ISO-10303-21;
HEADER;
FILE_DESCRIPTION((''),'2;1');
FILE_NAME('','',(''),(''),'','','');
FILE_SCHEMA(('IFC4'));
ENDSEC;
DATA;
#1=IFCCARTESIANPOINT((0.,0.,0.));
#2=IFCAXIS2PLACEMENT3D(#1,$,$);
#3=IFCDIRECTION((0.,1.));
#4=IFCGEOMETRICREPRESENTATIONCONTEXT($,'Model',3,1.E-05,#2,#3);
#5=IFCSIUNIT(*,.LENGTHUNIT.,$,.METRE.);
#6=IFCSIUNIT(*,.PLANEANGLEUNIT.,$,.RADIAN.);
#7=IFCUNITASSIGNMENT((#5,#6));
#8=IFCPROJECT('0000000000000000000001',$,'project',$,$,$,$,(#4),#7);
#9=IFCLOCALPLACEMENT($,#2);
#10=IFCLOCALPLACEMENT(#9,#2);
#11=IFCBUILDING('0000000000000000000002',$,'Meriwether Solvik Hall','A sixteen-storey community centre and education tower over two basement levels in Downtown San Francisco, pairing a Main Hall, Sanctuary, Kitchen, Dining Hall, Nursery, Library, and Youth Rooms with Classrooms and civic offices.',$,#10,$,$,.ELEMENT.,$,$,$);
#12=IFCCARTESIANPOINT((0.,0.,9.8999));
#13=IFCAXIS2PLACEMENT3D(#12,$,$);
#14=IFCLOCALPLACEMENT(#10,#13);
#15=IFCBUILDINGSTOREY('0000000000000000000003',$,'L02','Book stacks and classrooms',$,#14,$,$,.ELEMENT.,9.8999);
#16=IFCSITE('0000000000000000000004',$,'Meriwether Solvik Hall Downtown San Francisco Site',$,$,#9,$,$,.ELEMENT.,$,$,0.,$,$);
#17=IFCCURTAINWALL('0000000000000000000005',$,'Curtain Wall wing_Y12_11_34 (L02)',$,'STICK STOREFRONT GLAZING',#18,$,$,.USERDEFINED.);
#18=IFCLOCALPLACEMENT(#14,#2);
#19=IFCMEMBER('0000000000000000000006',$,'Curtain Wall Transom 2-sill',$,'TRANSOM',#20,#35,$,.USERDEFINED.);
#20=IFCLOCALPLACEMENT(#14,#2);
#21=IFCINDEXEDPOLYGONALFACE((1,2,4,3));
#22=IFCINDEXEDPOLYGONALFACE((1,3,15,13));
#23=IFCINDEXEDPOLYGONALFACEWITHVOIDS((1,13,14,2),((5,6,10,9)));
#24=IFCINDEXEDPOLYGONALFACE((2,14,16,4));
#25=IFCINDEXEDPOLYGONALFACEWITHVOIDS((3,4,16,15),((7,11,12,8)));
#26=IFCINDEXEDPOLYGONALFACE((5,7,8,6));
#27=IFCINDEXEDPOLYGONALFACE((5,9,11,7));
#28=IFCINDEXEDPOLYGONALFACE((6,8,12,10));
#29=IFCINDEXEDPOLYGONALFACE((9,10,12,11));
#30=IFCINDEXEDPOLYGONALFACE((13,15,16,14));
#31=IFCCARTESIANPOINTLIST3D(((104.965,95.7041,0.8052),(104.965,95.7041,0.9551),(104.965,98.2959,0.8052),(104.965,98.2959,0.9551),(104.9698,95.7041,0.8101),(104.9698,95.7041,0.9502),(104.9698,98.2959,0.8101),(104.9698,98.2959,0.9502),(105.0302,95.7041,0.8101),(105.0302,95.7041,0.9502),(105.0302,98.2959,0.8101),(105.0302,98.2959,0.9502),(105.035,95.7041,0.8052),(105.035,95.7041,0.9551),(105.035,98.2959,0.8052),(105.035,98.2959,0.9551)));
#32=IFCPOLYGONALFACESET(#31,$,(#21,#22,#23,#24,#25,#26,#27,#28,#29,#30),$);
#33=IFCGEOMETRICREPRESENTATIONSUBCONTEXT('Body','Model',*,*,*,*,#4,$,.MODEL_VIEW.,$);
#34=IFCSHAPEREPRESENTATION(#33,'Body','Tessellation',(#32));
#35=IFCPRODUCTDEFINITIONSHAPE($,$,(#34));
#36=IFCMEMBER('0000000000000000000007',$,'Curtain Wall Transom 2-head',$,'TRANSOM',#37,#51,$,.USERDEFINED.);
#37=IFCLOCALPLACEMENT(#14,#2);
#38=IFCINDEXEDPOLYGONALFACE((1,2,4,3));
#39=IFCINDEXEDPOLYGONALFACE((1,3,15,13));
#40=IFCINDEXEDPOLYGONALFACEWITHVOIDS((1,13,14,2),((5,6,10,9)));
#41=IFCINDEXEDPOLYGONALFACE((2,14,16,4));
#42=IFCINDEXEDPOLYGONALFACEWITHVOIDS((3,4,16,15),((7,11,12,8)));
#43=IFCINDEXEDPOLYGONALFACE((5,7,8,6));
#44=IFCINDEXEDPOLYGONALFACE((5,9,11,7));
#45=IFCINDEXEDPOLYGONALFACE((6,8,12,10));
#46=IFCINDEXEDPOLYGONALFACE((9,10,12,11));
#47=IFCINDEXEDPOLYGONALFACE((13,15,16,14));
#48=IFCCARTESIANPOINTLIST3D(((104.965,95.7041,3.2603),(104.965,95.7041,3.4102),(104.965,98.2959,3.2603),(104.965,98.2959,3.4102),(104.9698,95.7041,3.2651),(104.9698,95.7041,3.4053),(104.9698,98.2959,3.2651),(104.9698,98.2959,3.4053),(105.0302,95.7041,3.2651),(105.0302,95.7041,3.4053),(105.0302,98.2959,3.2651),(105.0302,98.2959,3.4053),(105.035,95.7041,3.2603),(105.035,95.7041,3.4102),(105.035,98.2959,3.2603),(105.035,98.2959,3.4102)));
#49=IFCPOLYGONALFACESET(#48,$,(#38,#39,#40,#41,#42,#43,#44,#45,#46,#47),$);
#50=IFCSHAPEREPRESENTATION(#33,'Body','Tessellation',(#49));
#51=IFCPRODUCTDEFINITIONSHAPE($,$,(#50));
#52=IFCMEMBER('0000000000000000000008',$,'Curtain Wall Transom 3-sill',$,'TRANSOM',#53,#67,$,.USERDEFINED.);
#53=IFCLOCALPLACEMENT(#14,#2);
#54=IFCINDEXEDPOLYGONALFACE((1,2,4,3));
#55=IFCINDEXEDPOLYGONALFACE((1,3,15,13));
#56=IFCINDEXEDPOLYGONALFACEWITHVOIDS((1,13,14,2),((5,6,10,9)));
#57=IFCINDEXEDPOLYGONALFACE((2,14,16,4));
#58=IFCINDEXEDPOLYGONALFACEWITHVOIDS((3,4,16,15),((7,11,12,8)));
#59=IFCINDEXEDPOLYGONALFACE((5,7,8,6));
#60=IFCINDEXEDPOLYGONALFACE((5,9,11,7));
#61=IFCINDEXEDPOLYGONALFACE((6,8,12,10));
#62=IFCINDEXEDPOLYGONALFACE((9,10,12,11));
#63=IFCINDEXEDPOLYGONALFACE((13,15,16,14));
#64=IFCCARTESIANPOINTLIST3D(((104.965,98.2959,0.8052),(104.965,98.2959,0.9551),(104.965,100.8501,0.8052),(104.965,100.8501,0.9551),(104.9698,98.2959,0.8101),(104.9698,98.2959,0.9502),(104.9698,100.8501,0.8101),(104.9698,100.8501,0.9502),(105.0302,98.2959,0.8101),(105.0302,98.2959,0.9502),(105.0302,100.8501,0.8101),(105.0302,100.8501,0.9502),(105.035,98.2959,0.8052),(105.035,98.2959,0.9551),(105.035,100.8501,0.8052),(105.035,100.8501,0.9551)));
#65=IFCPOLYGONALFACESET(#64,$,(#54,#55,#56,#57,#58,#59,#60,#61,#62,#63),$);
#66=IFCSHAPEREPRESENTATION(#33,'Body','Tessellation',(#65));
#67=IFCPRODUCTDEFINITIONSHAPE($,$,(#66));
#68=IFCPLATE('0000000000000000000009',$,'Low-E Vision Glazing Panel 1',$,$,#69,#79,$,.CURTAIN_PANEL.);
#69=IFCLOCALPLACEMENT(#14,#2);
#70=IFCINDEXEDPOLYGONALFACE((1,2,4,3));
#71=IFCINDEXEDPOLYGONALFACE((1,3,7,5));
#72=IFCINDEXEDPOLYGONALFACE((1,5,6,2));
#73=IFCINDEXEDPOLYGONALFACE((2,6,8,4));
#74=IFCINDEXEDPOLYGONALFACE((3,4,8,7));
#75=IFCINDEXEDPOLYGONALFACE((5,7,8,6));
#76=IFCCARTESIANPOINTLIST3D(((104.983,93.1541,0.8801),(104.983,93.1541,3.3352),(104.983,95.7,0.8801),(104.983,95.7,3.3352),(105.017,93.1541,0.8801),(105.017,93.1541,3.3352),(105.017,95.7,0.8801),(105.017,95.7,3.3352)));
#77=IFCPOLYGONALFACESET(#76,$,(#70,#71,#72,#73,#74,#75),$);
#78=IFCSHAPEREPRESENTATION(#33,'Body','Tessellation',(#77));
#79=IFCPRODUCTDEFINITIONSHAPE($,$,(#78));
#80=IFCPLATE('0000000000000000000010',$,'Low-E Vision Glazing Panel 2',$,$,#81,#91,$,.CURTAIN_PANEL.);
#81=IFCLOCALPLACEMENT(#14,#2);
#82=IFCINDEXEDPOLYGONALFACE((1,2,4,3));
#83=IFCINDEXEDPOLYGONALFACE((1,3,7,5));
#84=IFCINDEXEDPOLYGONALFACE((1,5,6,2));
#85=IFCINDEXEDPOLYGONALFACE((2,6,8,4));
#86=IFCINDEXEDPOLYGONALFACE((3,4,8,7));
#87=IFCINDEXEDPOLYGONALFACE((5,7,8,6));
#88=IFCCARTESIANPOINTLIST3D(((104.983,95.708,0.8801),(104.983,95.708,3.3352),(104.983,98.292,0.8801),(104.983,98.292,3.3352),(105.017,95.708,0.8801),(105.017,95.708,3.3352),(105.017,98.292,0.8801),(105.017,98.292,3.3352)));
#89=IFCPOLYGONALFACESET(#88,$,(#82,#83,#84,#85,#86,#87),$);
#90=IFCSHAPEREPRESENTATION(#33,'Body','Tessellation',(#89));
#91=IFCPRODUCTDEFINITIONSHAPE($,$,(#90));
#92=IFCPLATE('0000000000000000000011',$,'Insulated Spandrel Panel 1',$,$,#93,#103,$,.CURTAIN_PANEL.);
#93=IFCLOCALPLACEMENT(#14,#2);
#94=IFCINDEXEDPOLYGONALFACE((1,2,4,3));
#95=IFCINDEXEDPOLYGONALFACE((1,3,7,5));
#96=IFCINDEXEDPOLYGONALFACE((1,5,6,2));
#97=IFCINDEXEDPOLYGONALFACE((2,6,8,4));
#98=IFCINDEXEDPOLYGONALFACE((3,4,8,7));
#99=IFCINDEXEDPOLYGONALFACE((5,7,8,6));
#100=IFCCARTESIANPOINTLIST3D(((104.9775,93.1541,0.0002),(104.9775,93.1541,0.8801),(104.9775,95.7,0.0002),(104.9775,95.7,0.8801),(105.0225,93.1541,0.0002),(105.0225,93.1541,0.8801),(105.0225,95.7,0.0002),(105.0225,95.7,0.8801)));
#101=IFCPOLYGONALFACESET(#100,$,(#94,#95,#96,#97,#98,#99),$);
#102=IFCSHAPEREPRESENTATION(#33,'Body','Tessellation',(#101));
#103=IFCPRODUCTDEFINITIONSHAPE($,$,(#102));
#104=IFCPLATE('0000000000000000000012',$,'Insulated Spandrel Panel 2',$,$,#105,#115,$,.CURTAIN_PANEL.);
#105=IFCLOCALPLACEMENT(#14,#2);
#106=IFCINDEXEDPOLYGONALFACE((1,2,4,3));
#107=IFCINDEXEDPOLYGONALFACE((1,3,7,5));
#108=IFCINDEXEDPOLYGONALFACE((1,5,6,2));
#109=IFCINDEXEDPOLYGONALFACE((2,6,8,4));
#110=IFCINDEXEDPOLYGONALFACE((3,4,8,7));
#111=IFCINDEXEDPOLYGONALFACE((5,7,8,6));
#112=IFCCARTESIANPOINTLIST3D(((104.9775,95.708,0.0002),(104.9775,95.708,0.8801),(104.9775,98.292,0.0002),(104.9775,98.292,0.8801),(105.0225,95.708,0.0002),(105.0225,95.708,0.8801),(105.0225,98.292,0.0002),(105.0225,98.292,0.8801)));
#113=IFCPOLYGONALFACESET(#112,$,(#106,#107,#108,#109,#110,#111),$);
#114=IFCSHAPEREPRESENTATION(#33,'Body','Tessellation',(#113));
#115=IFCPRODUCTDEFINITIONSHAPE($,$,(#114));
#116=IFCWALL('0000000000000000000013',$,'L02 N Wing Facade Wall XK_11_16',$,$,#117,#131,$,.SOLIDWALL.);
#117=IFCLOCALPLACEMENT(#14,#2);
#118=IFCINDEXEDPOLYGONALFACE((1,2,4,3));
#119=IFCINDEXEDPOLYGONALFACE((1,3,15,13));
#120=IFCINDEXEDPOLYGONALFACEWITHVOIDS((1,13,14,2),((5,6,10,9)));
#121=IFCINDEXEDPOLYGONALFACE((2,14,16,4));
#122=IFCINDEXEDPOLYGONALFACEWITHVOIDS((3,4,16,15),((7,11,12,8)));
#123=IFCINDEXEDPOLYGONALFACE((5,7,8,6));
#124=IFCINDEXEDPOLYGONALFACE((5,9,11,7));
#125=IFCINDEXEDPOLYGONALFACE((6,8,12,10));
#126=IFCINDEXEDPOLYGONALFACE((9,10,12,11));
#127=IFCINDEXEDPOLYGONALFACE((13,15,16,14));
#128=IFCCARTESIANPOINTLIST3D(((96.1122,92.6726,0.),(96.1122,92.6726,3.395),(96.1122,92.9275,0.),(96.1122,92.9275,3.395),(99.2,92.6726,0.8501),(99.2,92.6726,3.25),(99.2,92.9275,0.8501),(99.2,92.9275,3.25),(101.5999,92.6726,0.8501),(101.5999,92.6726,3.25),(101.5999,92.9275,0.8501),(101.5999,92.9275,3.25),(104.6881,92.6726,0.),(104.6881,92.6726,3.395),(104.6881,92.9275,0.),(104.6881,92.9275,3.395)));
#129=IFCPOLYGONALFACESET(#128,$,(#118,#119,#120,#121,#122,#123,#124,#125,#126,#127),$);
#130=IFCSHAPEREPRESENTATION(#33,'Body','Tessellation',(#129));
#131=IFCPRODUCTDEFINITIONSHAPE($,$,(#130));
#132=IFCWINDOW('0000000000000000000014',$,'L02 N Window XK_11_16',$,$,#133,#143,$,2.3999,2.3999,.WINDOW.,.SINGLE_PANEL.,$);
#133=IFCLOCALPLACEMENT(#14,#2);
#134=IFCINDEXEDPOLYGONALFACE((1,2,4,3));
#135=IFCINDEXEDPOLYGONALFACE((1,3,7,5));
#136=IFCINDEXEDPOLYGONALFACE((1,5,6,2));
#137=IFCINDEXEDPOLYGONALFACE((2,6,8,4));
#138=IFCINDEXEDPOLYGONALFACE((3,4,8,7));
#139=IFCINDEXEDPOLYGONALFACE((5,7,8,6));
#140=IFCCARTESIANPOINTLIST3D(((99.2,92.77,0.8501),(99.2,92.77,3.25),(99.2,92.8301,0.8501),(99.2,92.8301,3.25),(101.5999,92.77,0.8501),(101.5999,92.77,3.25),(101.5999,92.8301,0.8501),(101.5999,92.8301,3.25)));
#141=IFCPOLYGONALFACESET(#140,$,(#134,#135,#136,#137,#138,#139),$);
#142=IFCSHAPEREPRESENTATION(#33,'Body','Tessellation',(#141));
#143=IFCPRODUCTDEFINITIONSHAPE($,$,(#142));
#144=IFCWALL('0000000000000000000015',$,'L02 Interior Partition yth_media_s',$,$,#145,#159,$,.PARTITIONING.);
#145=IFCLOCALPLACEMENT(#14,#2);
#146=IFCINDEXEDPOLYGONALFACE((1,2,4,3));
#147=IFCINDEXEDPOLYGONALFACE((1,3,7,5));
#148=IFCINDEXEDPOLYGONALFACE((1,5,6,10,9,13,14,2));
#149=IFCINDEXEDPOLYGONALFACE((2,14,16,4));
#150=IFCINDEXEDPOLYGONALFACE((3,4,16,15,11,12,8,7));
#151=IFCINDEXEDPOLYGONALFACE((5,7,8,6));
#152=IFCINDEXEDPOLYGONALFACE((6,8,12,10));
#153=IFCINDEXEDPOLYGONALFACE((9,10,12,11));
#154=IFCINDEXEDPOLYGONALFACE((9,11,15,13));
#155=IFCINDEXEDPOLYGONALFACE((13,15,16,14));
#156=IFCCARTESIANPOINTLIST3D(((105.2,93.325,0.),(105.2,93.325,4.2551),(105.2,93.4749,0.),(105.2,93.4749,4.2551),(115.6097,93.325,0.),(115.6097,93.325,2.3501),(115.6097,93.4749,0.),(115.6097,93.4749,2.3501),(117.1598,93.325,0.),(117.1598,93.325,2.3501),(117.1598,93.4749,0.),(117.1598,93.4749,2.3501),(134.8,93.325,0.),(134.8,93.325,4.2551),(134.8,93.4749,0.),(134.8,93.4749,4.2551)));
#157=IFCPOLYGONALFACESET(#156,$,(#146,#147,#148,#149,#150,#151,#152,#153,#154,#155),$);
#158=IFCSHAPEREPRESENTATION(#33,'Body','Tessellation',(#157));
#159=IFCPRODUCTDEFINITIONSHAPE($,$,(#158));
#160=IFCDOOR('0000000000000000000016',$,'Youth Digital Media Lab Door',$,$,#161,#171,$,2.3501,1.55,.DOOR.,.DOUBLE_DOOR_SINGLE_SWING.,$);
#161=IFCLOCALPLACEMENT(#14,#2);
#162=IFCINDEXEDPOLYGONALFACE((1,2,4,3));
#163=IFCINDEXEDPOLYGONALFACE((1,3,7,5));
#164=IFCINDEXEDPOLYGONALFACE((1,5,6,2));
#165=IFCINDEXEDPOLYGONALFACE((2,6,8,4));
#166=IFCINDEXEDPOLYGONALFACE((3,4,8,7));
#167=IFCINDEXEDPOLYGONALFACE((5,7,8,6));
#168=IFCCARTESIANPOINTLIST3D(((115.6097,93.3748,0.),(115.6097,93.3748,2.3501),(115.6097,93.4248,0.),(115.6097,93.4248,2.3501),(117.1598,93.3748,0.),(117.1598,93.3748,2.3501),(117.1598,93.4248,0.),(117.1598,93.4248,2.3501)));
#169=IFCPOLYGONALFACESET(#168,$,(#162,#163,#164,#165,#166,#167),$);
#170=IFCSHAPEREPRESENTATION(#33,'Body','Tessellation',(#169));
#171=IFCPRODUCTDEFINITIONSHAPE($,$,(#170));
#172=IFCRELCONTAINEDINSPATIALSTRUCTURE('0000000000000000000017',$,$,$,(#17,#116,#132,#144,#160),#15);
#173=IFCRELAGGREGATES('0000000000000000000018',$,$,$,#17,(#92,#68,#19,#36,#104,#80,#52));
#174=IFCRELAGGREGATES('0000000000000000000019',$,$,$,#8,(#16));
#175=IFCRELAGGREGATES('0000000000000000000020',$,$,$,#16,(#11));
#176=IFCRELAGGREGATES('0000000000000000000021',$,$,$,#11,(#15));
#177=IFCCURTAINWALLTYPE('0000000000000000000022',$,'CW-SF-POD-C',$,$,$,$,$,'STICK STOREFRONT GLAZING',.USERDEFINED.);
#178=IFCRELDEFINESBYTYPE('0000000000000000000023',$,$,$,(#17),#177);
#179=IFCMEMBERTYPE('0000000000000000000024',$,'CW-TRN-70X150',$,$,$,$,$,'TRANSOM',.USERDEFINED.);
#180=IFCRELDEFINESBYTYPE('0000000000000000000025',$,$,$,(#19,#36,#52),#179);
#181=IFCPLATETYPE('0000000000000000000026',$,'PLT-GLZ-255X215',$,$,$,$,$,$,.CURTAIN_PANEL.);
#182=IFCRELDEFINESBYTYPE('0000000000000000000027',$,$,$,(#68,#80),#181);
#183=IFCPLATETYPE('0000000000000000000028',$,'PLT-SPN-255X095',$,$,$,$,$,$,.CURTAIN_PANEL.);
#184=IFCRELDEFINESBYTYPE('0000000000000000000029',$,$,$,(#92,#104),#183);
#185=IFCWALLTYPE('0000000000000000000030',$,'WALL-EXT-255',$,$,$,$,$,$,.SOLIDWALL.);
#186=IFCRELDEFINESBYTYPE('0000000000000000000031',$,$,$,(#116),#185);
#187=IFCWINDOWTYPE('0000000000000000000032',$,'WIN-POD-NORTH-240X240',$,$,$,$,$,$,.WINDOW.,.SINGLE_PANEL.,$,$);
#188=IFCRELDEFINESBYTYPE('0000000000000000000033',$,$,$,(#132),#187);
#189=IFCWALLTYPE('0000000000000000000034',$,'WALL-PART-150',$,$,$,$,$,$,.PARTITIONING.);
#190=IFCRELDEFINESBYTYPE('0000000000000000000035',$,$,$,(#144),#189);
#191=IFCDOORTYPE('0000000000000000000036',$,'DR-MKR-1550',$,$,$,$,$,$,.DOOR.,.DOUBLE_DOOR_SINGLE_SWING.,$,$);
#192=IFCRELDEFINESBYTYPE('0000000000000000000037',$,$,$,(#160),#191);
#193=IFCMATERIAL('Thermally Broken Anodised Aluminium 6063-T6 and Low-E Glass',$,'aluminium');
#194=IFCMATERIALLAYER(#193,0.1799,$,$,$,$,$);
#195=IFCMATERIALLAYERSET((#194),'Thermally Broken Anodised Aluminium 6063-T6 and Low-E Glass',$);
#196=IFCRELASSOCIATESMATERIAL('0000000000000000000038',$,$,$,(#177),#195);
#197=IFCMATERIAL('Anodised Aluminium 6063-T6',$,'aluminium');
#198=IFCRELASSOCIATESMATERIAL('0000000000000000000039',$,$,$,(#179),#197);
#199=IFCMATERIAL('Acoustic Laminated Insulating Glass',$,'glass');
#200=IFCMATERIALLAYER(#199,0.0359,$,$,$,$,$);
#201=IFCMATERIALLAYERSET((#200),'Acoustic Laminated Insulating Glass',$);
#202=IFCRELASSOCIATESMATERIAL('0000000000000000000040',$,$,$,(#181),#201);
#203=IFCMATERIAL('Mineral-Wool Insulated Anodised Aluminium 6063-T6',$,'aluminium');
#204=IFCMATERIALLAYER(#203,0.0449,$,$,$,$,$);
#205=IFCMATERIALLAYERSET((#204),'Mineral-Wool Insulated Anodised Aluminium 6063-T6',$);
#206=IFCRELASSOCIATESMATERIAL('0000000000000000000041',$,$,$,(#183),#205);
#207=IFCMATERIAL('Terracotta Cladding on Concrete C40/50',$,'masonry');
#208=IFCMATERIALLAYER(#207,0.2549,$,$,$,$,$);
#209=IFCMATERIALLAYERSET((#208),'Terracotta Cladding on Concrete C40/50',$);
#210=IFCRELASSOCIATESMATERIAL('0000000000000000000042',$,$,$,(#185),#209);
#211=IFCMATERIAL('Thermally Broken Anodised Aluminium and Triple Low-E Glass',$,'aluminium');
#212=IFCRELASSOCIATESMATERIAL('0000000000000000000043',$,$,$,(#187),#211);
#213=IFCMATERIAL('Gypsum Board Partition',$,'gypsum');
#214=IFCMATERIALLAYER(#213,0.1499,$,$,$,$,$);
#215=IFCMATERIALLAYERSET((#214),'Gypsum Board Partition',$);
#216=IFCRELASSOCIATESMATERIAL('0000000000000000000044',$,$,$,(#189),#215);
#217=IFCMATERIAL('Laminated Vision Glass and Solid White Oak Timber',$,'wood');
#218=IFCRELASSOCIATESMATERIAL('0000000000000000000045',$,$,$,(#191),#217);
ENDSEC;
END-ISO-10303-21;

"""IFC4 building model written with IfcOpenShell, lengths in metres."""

from ifc_helpers import new_model, si_unit, direction, frame, frame_2d, origin, origin_2d, place, context, subcontext, project, spatial, rectangle, hollow_rectangle, extrude, material, layer, layer_set, material_profile, profile_set, type_object, element, fill, aggregate, save


model = new_model("IFC4")

# Units and contexts
model_context = context("Model", 3, precision=1e-05, world=origin(), true_north=direction((0.0, 1.0)))
body_context = subcontext(model_context, "Body", "Model", "MODEL_VIEW")
ifc_project = project(units=[si_unit("LENGTHUNIT", "METRE"), si_unit("PLANEANGLEUNIT", "RADIAN")], contexts=[model_context])

# Site, building, storey
site_placement = place(None, origin())
site = spatial("IfcSite", under=ifc_project, at=site_placement, Name="Meriwether Solvik Hall Downtown San Francisco Site", CompositionType="ELEMENT", RefElevation=0.0)
building_placement = place(site_placement, origin())
building = spatial("IfcBuilding", under=site, at=building_placement, Name="Meriwether Solvik Hall", Description="A sixteen-storey community centre and education tower over two basement levels in Downtown San Francisco, pairing a Main Hall, Sanctuary, Kitchen, Dining Hall, Nursery, Library, and Youth Rooms with Classrooms and civic offices.", CompositionType="ELEMENT")
storey_placement = place(building_placement, frame((0.0, 0.0, 9.8999)))
storey = spatial("IfcBuildingStorey", under=building, at=storey_placement, Name="L02", Description="Book stacks and classrooms", CompositionType="ELEMENT", Elevation=9.8999)

# Shared definitions
ifc_material_1 = material(Name="Thermally Broken Anodised Aluminium 6063-T6 and Low-E Glass", Category="aluminium")
ifc_layer_1 = layer(ifc_material_1, 0.1799)
ifc_layer_set_1 = layer_set([ifc_layer_1], Name="Thermally Broken Anodised Aluminium 6063-T6 and Low-E Glass")
curtain_wall_type = type_object("IfcCurtainWallType", Name="CW-SF-POD-C", ElementType="STICK STOREFRONT GLAZING", PredefinedType="USERDEFINED", material=ifc_layer_set_1)

# Curtain wall, members, plates
curtain_wall_1_placement = place(storey_placement, origin())
curtain_wall_1 = element("IfcCurtainWall", 1, at=curtain_wall_1_placement, inside=storey, type_object=curtain_wall_type, Name="Curtain Wall wing_Y12_11_34 (L02)", ObjectType="STICK STOREFRONT GLAZING", PredefinedType="USERDEFINED")
ifc_material_2 = material(Name="Anodised Aluminium 6063-T6", Category="aluminium")
ifc_material_profile_1 = material_profile(ifc_material_2, hollow_rectangle(XDim=0.0701, YDim=0.1499, WallThickness=0.0049, at=origin_2d()), Name="CWT-70X150")
ifc_profile_set_1 = profile_set([ifc_material_profile_1], Name="Anodised Aluminium 6063-T6")
member_type_1 = type_object("IfcMemberType", Name="CW-TRN-70X150", ElementType="TRANSOM", PredefinedType="USERDEFINED", material=ifc_profile_set_1)
member_1_placement = place(storey_placement, frame((105.0, 95.7041, 0.8801), z_axis=(0.0, 1.0, 0.0), x_axis=(-1.0, 0.0, 0.0)))
member_1 = element("IfcMember", 2, at=member_1_placement, type_object=member_type_1, Name="Curtain Wall Transom 2-sill", ObjectType="TRANSOM", PredefinedType="USERDEFINED", context=body_context, shape_type="SweptSolid", body=[
    extrude(hollow_rectangle(XDim=0.0701, YDim=0.1499, WallThickness=0.0049, at=origin_2d()), origin(), (0.0, 0.0, 1.0), 2.5918),
])
member_2_placement = place(storey_placement, frame((105.0, 95.7041, 3.3352), z_axis=(0.0, 1.0, 0.0), x_axis=(-1.0, 0.0, 0.0)))
member_2 = element("IfcMember", 3, at=member_2_placement, type_object=member_type_1, Name="Curtain Wall Transom 2-head", ObjectType="TRANSOM", PredefinedType="USERDEFINED", context=body_context, shape_type="SweptSolid", body=[
    extrude(hollow_rectangle(XDim=0.0701, YDim=0.1499, WallThickness=0.0049, at=origin_2d()), origin(), (0.0, 0.0, 1.0), 2.5918),
])
member_3_placement = place(storey_placement, frame((105.0, 98.2959, 0.8801), z_axis=(0.0, 1.0, 0.0), x_axis=(-1.0, 0.0, 0.0)))
member_3 = element("IfcMember", 4, at=member_3_placement, type_object=member_type_1, Name="Curtain Wall Transom 3-sill", ObjectType="TRANSOM", PredefinedType="USERDEFINED", context=body_context, shape_type="SweptSolid", body=[
    extrude(hollow_rectangle(XDim=0.0701, YDim=0.1499, WallThickness=0.0049, at=origin_2d()), origin(), (0.0, 0.0, 1.0), 2.5542),
])
ifc_material_3 = material(Name="Acoustic Laminated Insulating Glass", Category="glass")
ifc_layer_2 = layer(ifc_material_3, 0.0359)
ifc_layer_set_2 = layer_set([ifc_layer_2], Name="Acoustic Laminated Insulating Glass")
plate_type_1 = type_object("IfcPlateType", Name="PLT-GLZ-255X215", PredefinedType="CURTAIN_PANEL", material=ifc_layer_set_2)
plate_1_placement = place(storey_placement, frame((105.0, 94.427, 0.8801), z_axis=(0.0, 0.0, 1.0), x_axis=(0.0, 1.0, 0.0)))
plate_1 = element("IfcPlate", 5, at=plate_1_placement, type_object=plate_type_1, Name="Low-E Vision Glazing Panel 1", PredefinedType="CURTAIN_PANEL", context=body_context, shape_type="SweptSolid", body=[
    extrude(rectangle(XDim=2.5459, YDim=0.0339, at=origin_2d()), origin(), (0.0, 0.0, 1.0), 2.4551),
])
plate_2_placement = place(storey_placement, frame((105.0, 97.0, 0.8801), z_axis=(0.0, 0.0, 1.0), x_axis=(0.0, 1.0, 0.0)))
plate_2 = element("IfcPlate", 6, at=plate_2_placement, type_object=plate_type_1, Name="Low-E Vision Glazing Panel 2", PredefinedType="CURTAIN_PANEL", context=body_context, shape_type="SweptSolid", body=[
    extrude(rectangle(XDim=2.584, YDim=0.0339, at=origin_2d()), origin(), (0.0, 0.0, 1.0), 2.4551),
])
ifc_material_4 = material(Name="Mineral-Wool Insulated Anodised Aluminium 6063-T6", Category="aluminium")
ifc_layer_3 = layer(ifc_material_4, 0.0449)
ifc_layer_set_3 = layer_set([ifc_layer_3], Name="Mineral-Wool Insulated Anodised Aluminium 6063-T6")
plate_type_2 = type_object("IfcPlateType", Name="PLT-SPN-255X095", PredefinedType="CURTAIN_PANEL", material=ifc_layer_set_3)
plate_3_placement = place(storey_placement, frame((105.0, 94.427, 0.0002), z_axis=(0.0, 0.0, 1.0), x_axis=(0.0, 1.0, 0.0)))
plate_3 = element("IfcPlate", 7, at=plate_3_placement, type_object=plate_type_2, Name="Insulated Spandrel Panel 1", PredefinedType="CURTAIN_PANEL", context=body_context, shape_type="SweptSolid", body=[
    extrude(rectangle(XDim=2.5459, YDim=0.0449, at=origin_2d()), origin(), (0.0, 0.0, 1.0), 0.8799),
])
plate_4_placement = place(storey_placement, frame((105.0, 97.0, 0.0002), z_axis=(0.0, 0.0, 1.0), x_axis=(0.0, 1.0, 0.0)))
plate_4 = element("IfcPlate", 8, at=plate_4_placement, type_object=plate_type_2, Name="Insulated Spandrel Panel 2", PredefinedType="CURTAIN_PANEL", context=body_context, shape_type="SweptSolid", body=[
    extrude(rectangle(XDim=2.584, YDim=0.0449, at=origin_2d()), origin(), (0.0, 0.0, 1.0), 0.8799),
])
aggregate(curtain_wall_1, [plate_3, plate_1, member_1, member_2, plate_4, plate_2, member_3])

# Wall, opening, window
ifc_material_5 = material(Name="Terracotta Cladding on Concrete C40/50", Category="masonry")
ifc_layer_4 = layer(ifc_material_5, 0.2549)
ifc_layer_set_4 = layer_set([ifc_layer_4], Name="Terracotta Cladding on Concrete C40/50")
wall_type_1 = type_object("IfcWallType", Name="WALL-EXT-255", PredefinedType="SOLIDWALL", material=ifc_layer_set_4)
wall_1_placement = place(storey_placement, frame((96.1121, 92.8, 0.0), z_axis=(0.0, 0.0, 1.0), x_axis=(1.0, 0.0, 0.0)))
wall_1 = element("IfcWall", 9, at=wall_1_placement, inside=storey, type_object=wall_type_1, Name="L02 N Wing Facade Wall XK_11_16", PredefinedType="SOLIDWALL", context=body_context, shape_type="SweptSolid", body=[
    extrude(rectangle(XDim=8.5759, YDim=0.2549, at=frame_2d((4.2881, 0.0))), origin(), (0.0, 0.0, 1.0), 3.395),
])
opening_1_placement = place(wall_1_placement, frame((3.0879, 0.0, 0.8501)))
opening_1 = element("IfcOpeningElement", 10, at=opening_1_placement, cuts=wall_1, PredefinedType="OPENING", context=body_context, shape_type="SweptSolid", body=[
    extrude(rectangle(XDim=2.3999, YDim=2.3999, at=frame_2d((1.2, 1.2))), frame((0.0, 0.1394, 0.0), z_axis=(0.0, -1.0, 0.0), x_axis=(1.0, 0.0, 0.0)), (0.0, 0.0, 1.0), 0.2788),
])
ifc_material_6 = material(Name="Thermally Broken Anodised Aluminium and Triple Low-E Glass", Category="aluminium")
window_type = type_object("IfcWindowType", Name="WIN-POD-NORTH-240X240", PartitioningType="SINGLE_PANEL", PredefinedType="WINDOW", material=ifc_material_6)
window_placement = place(opening_1_placement, origin())
window = element("IfcWindow", 11, at=window_placement, inside=storey, type_object=window_type, Name="L02 N Window XK_11_16", OverallHeight=2.3999, OverallWidth=2.3999, PartitioningType="SINGLE_PANEL", PredefinedType="WINDOW", context=body_context, shape_type="SweptSolid", body=[
    extrude(rectangle(XDim=2.3999, YDim=2.3999, at=frame_2d((1.2, 1.2))), frame((0.0, 0.03, 0.0), z_axis=(0.0, -1.0, 0.0), x_axis=(1.0, 0.0, 0.0)), (0.0, 0.0, 1.0), 0.0601),
])
fill(opening_1, window)

# Wall, opening, door
ifc_material_7 = material(Name="Gypsum Board Partition", Category="gypsum")
ifc_layer_5 = layer(ifc_material_7, 0.1499)
ifc_layer_set_5 = layer_set([ifc_layer_5], Name="Gypsum Board Partition")
wall_type_2 = type_object("IfcWallType", Name="WALL-PART-150", PredefinedType="PARTITIONING", material=ifc_layer_set_5)
wall_2_placement = place(storey_placement, frame((105.2, 93.3999, 0.0), z_axis=(0.0, 0.0, 1.0), x_axis=(1.0, 0.0, 0.0)))
wall_2 = element("IfcWall", 12, at=wall_2_placement, inside=storey, type_object=wall_type_2, Name="L02 Interior Partition yth_media_s", PredefinedType="PARTITIONING", context=body_context, shape_type="SweptSolid", body=[
    extrude(rectangle(XDim=29.6001, YDim=0.1499, at=frame_2d((14.8, 0.0))), origin(), (0.0, 0.0, 1.0), 4.2551),
])
opening_2_placement = place(wall_2_placement, frame((10.4099, 0.0, 0.0)))
opening_2 = element("IfcOpeningElement", 13, at=opening_2_placement, cuts=wall_2, PredefinedType="OPENING", context=body_context, shape_type="SweptSolid", body=[
    extrude(rectangle(XDim=1.55, YDim=2.3501, at=frame_2d((0.7749, 1.175))), frame((0.0, 0.0869, 0.0), z_axis=(0.0, -1.0, 0.0), x_axis=(1.0, 0.0, 0.0)), (0.0, 0.0, 1.0), 0.1738),
])
ifc_material_8 = material(Name="Laminated Vision Glass and Solid White Oak Timber", Category="wood")
door_type = type_object("IfcDoorType", Name="DR-MKR-1550", OperationType="DOUBLE_DOOR_SINGLE_SWING", PredefinedType="DOOR", material=ifc_material_8)
door_placement = place(opening_2_placement, origin())
door = element("IfcDoor", 14, at=door_placement, inside=storey, type_object=door_type, Name="Youth Digital Media Lab Door", OperationType="DOUBLE_DOOR_SINGLE_SWING", OverallHeight=2.3501, OverallWidth=1.55, PredefinedType="DOOR", context=body_context, shape_type="SweptSolid", body=[
    extrude(rectangle(XDim=1.55, YDim=2.3501, at=frame_2d((0.7749, 1.175))), frame((0.0, 0.0249, 0.0), z_axis=(0.0, -1.0, 0.0), x_axis=(1.0, 0.0, 0.0)), (0.0, 0.0, 1.0), 0.05),
])
fill(opening_2, door)

save(model, "model.ifc")
